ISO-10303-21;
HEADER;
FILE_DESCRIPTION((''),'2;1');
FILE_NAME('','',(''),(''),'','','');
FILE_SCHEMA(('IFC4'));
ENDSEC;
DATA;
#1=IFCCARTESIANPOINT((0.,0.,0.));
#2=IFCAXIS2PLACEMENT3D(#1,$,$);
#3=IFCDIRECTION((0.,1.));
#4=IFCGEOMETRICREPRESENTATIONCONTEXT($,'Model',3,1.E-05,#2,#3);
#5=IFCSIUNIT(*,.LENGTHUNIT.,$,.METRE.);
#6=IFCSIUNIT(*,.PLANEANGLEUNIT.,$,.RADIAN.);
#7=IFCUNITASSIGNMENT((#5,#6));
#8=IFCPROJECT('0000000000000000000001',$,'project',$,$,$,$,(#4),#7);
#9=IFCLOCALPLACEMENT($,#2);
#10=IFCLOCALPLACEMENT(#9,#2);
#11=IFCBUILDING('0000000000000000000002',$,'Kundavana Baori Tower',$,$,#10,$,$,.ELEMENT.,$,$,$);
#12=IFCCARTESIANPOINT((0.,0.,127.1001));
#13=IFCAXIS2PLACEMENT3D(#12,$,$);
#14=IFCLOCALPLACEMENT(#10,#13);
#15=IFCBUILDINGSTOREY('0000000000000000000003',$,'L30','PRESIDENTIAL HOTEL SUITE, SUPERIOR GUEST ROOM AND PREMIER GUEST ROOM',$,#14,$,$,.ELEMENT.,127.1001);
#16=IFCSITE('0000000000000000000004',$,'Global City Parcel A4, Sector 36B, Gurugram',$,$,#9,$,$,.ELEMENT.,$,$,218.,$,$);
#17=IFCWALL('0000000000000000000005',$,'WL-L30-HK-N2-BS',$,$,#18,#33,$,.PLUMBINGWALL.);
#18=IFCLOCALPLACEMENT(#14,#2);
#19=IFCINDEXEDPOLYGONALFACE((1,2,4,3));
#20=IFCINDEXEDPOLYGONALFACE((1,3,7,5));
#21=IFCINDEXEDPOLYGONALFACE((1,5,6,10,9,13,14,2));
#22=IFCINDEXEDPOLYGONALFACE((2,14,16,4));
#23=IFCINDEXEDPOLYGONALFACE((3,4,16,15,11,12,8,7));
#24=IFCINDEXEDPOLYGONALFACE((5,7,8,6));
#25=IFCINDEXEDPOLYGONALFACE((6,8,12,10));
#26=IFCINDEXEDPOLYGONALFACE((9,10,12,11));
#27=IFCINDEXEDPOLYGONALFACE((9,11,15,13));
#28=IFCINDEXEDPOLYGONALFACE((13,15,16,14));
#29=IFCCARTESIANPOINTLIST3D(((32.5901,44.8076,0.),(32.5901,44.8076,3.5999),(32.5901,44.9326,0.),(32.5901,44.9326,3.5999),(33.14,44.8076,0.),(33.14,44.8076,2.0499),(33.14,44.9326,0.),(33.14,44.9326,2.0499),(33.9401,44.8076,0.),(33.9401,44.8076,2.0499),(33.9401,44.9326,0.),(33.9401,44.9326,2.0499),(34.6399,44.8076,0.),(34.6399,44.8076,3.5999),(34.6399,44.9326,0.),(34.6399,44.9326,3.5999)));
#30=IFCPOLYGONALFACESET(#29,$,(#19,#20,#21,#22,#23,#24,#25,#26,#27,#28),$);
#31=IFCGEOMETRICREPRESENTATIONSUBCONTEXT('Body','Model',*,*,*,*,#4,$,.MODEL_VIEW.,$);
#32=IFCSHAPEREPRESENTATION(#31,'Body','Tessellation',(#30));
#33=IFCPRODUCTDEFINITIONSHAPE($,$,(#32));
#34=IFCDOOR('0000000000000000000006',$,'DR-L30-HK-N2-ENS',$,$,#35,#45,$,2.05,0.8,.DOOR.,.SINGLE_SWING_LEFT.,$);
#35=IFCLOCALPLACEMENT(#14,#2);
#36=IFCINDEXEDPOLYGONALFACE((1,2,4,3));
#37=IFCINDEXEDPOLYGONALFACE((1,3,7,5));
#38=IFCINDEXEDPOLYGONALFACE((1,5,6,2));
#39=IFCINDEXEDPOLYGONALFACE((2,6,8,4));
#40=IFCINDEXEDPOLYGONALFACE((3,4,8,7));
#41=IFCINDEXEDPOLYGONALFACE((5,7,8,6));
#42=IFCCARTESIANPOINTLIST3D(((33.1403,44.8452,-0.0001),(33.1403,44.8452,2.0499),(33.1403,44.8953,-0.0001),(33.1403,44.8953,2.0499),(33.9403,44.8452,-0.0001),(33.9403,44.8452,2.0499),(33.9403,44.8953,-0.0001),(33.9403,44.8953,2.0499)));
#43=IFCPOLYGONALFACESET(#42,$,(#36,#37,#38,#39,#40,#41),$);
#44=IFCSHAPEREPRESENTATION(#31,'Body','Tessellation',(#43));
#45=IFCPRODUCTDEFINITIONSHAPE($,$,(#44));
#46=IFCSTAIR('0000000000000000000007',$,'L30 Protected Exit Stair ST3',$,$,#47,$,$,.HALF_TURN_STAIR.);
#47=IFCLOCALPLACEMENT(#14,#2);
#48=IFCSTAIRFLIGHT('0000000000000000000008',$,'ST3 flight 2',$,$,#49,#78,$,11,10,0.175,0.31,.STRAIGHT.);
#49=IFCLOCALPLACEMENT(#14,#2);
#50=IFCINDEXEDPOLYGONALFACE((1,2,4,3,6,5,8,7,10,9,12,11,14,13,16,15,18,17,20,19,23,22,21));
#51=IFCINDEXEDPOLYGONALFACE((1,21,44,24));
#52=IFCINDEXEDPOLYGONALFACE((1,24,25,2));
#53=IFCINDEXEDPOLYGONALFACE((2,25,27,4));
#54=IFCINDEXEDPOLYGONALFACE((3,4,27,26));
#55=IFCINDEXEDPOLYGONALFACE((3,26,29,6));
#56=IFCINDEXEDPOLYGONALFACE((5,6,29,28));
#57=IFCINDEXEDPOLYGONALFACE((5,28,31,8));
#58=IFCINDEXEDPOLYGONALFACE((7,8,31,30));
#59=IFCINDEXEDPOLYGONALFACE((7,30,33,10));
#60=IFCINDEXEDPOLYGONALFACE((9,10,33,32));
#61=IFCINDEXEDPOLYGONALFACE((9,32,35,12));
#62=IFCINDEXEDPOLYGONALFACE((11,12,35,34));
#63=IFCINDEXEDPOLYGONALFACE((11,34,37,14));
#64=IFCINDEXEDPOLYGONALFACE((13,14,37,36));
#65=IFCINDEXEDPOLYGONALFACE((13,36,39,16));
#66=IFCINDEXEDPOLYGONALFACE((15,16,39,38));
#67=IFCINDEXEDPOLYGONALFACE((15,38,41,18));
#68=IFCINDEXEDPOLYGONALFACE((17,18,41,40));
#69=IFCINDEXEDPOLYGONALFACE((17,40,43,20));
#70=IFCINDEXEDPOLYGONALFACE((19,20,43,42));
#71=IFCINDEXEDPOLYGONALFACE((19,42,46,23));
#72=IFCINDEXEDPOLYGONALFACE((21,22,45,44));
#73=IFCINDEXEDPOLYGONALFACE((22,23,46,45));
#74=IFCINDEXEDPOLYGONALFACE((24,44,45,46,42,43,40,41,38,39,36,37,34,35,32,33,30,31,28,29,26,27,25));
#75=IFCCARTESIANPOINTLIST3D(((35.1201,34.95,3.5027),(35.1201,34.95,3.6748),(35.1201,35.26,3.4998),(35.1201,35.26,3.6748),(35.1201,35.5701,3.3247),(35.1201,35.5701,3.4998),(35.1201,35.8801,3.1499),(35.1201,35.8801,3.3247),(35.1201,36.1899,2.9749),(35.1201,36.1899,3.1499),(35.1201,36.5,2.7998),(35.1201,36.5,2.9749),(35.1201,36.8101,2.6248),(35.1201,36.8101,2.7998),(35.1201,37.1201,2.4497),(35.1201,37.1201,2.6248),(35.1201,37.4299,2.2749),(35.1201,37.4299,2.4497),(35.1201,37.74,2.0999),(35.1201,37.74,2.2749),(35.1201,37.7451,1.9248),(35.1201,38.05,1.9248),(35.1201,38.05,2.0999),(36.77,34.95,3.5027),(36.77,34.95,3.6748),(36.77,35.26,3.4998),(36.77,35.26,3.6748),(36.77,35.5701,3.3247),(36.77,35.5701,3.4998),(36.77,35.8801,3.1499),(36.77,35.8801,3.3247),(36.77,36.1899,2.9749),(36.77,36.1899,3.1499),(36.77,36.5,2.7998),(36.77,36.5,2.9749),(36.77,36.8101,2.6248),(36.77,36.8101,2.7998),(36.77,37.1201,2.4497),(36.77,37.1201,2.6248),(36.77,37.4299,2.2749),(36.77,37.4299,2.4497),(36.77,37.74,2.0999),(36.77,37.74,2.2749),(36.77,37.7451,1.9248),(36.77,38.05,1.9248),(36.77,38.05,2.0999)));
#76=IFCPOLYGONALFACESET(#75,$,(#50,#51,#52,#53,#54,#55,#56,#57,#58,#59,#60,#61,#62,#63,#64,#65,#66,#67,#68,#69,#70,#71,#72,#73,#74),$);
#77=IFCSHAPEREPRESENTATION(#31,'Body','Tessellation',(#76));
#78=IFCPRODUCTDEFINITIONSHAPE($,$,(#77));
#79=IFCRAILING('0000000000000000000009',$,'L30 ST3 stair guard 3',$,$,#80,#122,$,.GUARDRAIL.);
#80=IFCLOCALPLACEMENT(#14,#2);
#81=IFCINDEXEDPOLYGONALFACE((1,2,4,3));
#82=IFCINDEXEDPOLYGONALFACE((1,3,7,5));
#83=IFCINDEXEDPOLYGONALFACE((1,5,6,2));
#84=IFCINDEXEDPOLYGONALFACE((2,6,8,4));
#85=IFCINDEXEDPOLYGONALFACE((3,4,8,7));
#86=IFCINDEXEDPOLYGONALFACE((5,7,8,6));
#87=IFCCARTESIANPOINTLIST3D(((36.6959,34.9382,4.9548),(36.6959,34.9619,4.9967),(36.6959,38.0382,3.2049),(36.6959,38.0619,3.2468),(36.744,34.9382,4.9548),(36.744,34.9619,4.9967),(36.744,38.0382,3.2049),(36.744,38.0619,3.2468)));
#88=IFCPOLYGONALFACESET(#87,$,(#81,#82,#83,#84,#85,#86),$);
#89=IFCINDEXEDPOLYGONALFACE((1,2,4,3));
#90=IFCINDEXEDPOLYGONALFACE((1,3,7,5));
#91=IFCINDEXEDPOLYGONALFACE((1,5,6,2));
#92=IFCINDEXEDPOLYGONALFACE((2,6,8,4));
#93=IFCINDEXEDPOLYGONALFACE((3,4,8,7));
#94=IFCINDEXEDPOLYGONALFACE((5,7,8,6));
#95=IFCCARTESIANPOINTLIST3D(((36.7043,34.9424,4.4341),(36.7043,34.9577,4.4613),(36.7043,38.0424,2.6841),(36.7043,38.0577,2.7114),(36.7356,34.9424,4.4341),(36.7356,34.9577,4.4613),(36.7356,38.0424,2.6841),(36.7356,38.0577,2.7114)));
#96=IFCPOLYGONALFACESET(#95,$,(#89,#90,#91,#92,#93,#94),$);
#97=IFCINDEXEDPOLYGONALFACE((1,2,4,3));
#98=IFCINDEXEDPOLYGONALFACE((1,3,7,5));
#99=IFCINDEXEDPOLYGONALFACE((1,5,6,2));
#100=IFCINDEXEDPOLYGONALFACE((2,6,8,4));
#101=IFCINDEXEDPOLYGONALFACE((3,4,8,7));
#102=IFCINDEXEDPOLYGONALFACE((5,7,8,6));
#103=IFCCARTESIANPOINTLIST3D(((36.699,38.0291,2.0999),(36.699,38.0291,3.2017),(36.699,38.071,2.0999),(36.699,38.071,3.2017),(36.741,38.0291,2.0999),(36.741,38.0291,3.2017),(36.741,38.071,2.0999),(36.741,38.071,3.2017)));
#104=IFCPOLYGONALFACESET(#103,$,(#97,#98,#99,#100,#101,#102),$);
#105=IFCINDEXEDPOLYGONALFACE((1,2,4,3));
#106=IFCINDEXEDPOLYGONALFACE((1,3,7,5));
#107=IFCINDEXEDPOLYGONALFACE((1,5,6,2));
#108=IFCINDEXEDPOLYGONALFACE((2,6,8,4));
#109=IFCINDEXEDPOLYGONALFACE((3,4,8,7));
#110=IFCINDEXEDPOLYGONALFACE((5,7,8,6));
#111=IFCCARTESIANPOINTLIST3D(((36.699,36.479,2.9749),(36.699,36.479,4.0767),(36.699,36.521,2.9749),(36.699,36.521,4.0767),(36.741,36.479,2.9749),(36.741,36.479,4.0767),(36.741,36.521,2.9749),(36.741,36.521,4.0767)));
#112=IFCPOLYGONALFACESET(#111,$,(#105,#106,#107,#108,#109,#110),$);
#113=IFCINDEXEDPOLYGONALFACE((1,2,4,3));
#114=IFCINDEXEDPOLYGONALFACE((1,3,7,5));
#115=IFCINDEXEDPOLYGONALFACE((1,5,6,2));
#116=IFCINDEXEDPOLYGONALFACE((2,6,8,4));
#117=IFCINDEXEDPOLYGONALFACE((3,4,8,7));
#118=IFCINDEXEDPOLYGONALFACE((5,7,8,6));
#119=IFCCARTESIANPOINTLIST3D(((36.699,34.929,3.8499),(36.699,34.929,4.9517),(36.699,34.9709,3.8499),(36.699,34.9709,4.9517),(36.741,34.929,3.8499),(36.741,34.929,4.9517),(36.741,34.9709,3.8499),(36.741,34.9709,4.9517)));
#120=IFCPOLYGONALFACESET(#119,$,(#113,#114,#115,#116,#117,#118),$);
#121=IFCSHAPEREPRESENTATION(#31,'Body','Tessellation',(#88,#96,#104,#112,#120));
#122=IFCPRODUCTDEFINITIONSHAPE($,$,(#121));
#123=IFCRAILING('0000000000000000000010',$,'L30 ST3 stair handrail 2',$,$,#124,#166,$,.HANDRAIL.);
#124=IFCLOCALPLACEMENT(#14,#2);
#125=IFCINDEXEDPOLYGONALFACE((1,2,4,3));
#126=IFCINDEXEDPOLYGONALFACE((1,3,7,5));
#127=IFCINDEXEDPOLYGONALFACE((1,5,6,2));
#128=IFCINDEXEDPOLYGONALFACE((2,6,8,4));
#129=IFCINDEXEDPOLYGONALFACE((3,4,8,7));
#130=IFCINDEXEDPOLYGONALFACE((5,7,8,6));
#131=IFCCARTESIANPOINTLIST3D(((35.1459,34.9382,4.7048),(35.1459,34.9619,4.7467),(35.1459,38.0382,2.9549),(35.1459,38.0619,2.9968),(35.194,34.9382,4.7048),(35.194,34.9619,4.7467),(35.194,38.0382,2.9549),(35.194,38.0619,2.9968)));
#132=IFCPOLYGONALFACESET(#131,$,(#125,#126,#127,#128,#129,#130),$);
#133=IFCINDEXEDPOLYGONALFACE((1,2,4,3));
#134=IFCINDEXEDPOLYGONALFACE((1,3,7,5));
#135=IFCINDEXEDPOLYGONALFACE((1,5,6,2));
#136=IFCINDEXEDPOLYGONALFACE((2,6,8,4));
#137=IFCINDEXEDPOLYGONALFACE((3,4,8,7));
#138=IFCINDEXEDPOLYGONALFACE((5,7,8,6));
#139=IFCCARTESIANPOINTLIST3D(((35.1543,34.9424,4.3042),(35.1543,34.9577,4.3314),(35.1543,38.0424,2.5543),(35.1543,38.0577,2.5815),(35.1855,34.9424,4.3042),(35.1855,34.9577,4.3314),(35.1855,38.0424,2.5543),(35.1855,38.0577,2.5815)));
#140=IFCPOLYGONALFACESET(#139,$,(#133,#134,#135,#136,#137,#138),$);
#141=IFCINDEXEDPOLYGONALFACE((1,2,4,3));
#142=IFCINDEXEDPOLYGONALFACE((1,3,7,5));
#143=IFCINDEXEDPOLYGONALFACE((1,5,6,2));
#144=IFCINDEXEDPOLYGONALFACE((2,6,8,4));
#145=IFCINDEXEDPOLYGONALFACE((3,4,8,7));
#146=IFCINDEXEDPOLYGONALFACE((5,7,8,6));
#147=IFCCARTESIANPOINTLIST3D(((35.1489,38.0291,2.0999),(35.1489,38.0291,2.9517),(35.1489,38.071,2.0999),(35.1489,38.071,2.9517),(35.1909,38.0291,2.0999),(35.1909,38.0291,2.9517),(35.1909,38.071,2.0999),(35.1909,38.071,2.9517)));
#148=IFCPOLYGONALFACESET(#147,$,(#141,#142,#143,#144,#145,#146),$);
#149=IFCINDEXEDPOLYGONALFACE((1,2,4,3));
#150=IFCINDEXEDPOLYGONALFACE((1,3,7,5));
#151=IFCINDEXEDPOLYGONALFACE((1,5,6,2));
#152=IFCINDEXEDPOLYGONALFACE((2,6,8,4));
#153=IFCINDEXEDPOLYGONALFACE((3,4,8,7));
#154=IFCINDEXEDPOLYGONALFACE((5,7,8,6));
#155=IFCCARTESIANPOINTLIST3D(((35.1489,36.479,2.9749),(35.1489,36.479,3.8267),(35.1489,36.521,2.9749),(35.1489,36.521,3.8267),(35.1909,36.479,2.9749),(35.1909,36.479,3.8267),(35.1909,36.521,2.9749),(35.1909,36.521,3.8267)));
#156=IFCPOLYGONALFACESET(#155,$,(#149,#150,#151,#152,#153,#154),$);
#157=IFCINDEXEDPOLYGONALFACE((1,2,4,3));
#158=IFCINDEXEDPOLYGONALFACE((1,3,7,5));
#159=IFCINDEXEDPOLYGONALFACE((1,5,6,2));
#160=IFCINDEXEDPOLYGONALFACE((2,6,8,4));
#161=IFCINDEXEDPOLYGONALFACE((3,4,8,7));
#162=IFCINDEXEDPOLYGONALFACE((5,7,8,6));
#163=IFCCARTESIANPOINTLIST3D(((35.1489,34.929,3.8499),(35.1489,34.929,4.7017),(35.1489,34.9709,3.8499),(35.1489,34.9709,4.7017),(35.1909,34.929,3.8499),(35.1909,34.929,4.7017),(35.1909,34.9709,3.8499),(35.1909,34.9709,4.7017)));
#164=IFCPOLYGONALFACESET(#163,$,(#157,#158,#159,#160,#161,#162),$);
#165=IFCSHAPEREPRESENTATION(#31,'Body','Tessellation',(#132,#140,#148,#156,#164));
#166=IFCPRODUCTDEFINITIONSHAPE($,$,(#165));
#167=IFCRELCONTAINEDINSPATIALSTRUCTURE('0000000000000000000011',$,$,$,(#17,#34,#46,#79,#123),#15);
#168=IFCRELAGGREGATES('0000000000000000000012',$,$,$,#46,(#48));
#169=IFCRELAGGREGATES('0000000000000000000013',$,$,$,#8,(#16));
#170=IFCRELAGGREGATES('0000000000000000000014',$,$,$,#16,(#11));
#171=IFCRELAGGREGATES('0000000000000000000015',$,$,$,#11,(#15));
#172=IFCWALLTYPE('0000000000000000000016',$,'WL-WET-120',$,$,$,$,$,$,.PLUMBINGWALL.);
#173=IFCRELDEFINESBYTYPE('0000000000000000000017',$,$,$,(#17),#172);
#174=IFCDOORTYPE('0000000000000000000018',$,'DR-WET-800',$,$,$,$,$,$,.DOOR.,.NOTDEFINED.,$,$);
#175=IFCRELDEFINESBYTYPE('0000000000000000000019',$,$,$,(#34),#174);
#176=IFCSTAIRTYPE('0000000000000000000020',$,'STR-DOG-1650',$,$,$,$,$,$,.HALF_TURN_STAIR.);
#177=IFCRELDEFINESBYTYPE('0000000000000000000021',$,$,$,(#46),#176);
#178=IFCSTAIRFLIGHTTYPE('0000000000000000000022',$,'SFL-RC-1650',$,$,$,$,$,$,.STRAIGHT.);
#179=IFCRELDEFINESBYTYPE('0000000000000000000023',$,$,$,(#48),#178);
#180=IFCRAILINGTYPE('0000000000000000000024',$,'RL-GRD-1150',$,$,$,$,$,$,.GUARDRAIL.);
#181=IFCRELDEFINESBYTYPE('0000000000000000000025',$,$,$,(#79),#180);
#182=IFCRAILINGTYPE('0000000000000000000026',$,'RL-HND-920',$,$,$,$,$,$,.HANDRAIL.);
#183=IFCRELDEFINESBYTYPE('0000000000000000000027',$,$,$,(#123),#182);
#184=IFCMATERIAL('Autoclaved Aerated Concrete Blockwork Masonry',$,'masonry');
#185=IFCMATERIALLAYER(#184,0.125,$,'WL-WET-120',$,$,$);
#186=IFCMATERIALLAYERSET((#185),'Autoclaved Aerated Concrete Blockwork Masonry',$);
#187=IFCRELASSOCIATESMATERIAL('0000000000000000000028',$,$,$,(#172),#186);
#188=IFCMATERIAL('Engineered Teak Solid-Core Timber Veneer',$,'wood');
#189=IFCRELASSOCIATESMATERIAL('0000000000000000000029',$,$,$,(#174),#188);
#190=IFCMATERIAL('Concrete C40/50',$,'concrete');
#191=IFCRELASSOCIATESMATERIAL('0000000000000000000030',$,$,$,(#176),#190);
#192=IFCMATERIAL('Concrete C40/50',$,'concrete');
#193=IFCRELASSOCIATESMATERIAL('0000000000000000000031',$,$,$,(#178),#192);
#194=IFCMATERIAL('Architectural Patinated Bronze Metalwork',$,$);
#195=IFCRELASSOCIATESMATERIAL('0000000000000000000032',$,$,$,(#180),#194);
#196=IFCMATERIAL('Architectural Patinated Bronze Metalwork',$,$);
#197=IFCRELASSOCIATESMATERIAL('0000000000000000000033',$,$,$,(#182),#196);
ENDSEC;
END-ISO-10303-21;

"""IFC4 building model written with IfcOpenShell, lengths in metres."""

from ifc_helpers import new_model, si_unit, direction, frame, frame_2d, origin, origin_2d, place, context, subcontext, project, spatial, polyline, rectangle, outline, extrude, material, layer, layer_set, type_object, element, fill, aggregate, save


model = new_model("IFC4")

# Units and contexts
model_context = context("Model", 3, precision=1e-05, world=origin(), true_north=direction((0.0, 1.0)))
body_context = subcontext(model_context, "Body", "Model", "MODEL_VIEW")
ifc_project = project(units=[si_unit("LENGTHUNIT", "METRE"), si_unit("PLANEANGLEUNIT", "RADIAN")], contexts=[model_context])

# Site, building, storey
site_placement = place(None, origin())
site = spatial("IfcSite", under=ifc_project, at=site_placement, Name="Global City Parcel A4, Sector 36B, Gurugram", CompositionType="ELEMENT", RefElevation=218.0)
building_placement = place(site_placement, origin())
building = spatial("IfcBuilding", under=site, at=building_placement, Name="Kundavana Baori Tower", CompositionType="ELEMENT")
storey_placement = place(building_placement, frame((0.0, 0.0, 127.1001)))
storey = spatial("IfcBuildingStorey", under=building, at=storey_placement, Name="L30", Description="PRESIDENTIAL HOTEL SUITE, SUPERIOR GUEST ROOM AND PREMIER GUEST ROOM", CompositionType="ELEMENT", Elevation=127.1001)

# Shared definitions
ifc_material_1 = material(Name="Autoclaved Aerated Concrete Blockwork Masonry", Category="masonry")
ifc_layer_1 = layer(ifc_material_1, 0.125, Name="WL-WET-120")
ifc_layer_set_1 = layer_set([ifc_layer_1], Name="Autoclaved Aerated Concrete Blockwork Masonry")
wall_type_1 = type_object("IfcWallType", Name="WL-WET-120", PredefinedType="PLUMBINGWALL", material=ifc_layer_set_1)

# Shared definitions
ifc_material_2 = material(Name="Engineered Teak Solid-Core Timber Veneer", Category="wood")
door_type = type_object("IfcDoorType", Name="DR-WET-800", OperationType="NOTDEFINED", PredefinedType="DOOR", material=ifc_material_2)

# Wall, opening, door
wall_1_placement = place(storey_placement, frame((32.5901, 44.8701, 0.0), z_axis=(0.0, 0.0, 1.0), x_axis=(1.0, 0.0, 0.0)))
wall_1 = element("IfcWall", 1, at=wall_1_placement, inside=storey, type_object=wall_type_1, Name="WL-L30-HK-N2-BS", PredefinedType="PLUMBINGWALL", context=body_context, shape_type="SweptSolid", body=[
    extrude(rectangle(XDim=2.0498, YDim=0.125, at=frame_2d((1.0249, 0.0))), origin(), (0.0, 0.0, 1.0), 3.5999),
])
opening_1_placement = place(wall_1_placement, frame((0.55, 0.0, 0.0)))
opening_1 = element("IfcOpeningElement", 2, at=opening_1_placement, cuts=wall_1, PredefinedType="OPENING", context=body_context, shape_type="SweptSolid", body=[
    extrude(rectangle(XDim=0.8, YDim=2.05, at=frame_2d((0.3999, 1.0249))), frame((0.0, 0.0725, 0.0), z_axis=(0.0, -1.0, 0.0), x_axis=(1.0, 0.0, 0.0)), (0.0, 0.0, 1.0), 0.145),
])
door_1_placement = place(opening_1_placement, frame((0.8, 0.0, 0.0), z_axis=(0.0, 0.0, 1.0), x_axis=(-1.0, 0.0, 0.0)))
door_1 = element("IfcDoor", 3, at=door_1_placement, inside=storey, type_object=door_type, Name="DR-L30-HK-N2-ENS", OperationType="SINGLE_SWING_LEFT", OverallHeight=2.05, OverallWidth=0.8, PredefinedType="DOOR", context=body_context, shape_type="SweptSolid", body=[
    extrude(rectangle(XDim=0.8, YDim=2.05, at=frame_2d((0.3999, 1.0249))), frame((0.0, 0.0249, 0.0), z_axis=(0.0, -1.0, 0.0), x_axis=(1.0, 0.0, 0.0)), (0.0, 0.0, 1.0), 0.05),
])
fill(opening_1, door_1)

# Stair, stair flight
ifc_material_3 = material(Name="Concrete C40/50", Category="concrete")
stair_type = type_object("IfcStairType", Name="STR-DOG-1650", PredefinedType="HALF_TURN_STAIR", material=ifc_material_3)
stair_placement = place(storey_placement, origin())
stair = element("IfcStair", 4, at=stair_placement, inside=storey, type_object=stair_type, Name="L30 Protected Exit Stair ST3", PredefinedType="HALF_TURN_STAIR")
ifc_material_4 = material(Name="Concrete C40/50", Category="concrete")
stair_flight_type = type_object("IfcStairFlightType", Name="SFL-RC-1650", PredefinedType="STRAIGHT", material=ifc_material_4)
stair_flight_placement = place(storey_placement, frame((35.9451, 38.05, 1.9248), z_axis=(0.0, 0.0, 1.0), x_axis=(0.0, -1.0, 0.0)))
stair_flight = element("IfcStairFlight", 5, at=stair_flight_placement, type_object=stair_flight_type, Name="ST3 flight 2", NumberOfRisers=11, NumberOfTreads=10, PredefinedType="STRAIGHT", RiserHeight=0.175, TreadLength=0.31, context=body_context, shape_type="SweptSolid", body=[
    extrude(outline(polyline([(0.0, 0.0), (0.0, 0.175), (0.3101, 0.175), (0.3101, 0.3501), (0.6201, 0.3501), (0.6201, 0.5249), (0.9299, 0.5249), (0.9299, 0.7), (1.24, 0.7), (1.24, 0.875), (1.55, 0.875), (1.55, 1.05), (1.8601, 1.05), (1.8601, 1.2251), (2.1699, 1.2251), (2.1699, 1.3999), (2.48, 1.3999), (2.48, 1.575), (2.79, 1.575), (2.79, 1.75), (3.1001, 1.75), (3.1001, 1.925), (3.1001, 1.5779), (0.3049, 0.0), (0.0, 0.0)])), frame((0.0, 0.825, 0.0), z_axis=(0.0, -1.0, 0.0), x_axis=(1.0, 0.0, 0.0)), (0.0, 0.0, 1.0), 1.6499),
])
aggregate(stair, [stair_flight])

# Railings
ifc_material_5 = material(Name="Architectural Patinated Bronze Metalwork")
railing_type_1 = type_object("IfcRailingType", Name="RL-GRD-1150", PredefinedType="GUARDRAIL", material=ifc_material_5)
railing_1_placement = place(storey_placement, frame((36.72, 38.05, 2.0999)))
element("IfcRailing", 6, at=railing_1_placement, inside=storey, type_object=railing_type_1, Name="L30 ST3 stair guard 3", PredefinedType="GUARDRAIL", context=body_context, shape_type="SweptSolid", body=[
    extrude(rectangle(XDim=0.0481, YDim=0.0481, at=origin_2d()), frame((0.0, 0.0, 1.126), z_axis=(0.0, -0.870831, 0.491583), x_axis=(1.0, 0.0, 0.0)), (0.0, 0.0, 1.0), 3.5598),
    extrude(rectangle(XDim=0.0312, YDim=0.0312, at=origin_2d()), frame((0.0, 0.0, 0.5979), z_axis=(0.0, -0.870831, 0.491583), x_axis=(1.0, 0.0, 0.0)), (0.0, 0.0, 1.0), 3.5598),
    extrude(rectangle(XDim=0.042, YDim=0.042, at=origin_2d()), origin(), (0.0, 0.0, 1.0), 1.1018),
    extrude(rectangle(XDim=0.042, YDim=0.042, at=origin_2d()), frame((0.0, -1.55, 0.875)), (0.0, 0.0, 1.0), 1.1018),
    extrude(rectangle(XDim=0.042, YDim=0.042, at=origin_2d()), frame((0.0, -3.1001, 1.75)), (0.0, 0.0, 1.0), 1.1018),
])
ifc_material_6 = material(Name="Architectural Patinated Bronze Metalwork")
railing_type_2 = type_object("IfcRailingType", Name="RL-HND-920", PredefinedType="HANDRAIL", material=ifc_material_6)
railing_2_placement = place(storey_placement, frame((35.1699, 38.05, 2.0999)))
element("IfcRailing", 7, at=railing_2_placement, inside=storey, type_object=railing_type_2, Name="L30 ST3 stair handrail 2", PredefinedType="HANDRAIL", context=body_context, shape_type="SweptSolid", body=[
    extrude(rectangle(XDim=0.0481, YDim=0.0481, at=origin_2d()), frame((0.0, 0.0, 0.876), z_axis=(0.0, -0.870831, 0.491583), x_axis=(1.0, 0.0, 0.0)), (0.0, 0.0, 1.0), 3.5598),
    extrude(rectangle(XDim=0.0312, YDim=0.0312, at=origin_2d()), frame((0.0, 0.0, 0.468), z_axis=(0.0, -0.870831, 0.491583), x_axis=(1.0, 0.0, 0.0)), (0.0, 0.0, 1.0), 3.5598),
    extrude(rectangle(XDim=0.042, YDim=0.042, at=origin_2d()), origin(), (0.0, 0.0, 1.0), 0.8518),
    extrude(rectangle(XDim=0.042, YDim=0.042, at=origin_2d()), frame((0.0, -1.55, 0.875)), (0.0, 0.0, 1.0), 0.8518),
    extrude(rectangle(XDim=0.042, YDim=0.042, at=origin_2d()), frame((0.0, -3.1001, 1.75)), (0.0, 0.0, 1.0), 0.8518),
])

save(model, "model.ifc")
